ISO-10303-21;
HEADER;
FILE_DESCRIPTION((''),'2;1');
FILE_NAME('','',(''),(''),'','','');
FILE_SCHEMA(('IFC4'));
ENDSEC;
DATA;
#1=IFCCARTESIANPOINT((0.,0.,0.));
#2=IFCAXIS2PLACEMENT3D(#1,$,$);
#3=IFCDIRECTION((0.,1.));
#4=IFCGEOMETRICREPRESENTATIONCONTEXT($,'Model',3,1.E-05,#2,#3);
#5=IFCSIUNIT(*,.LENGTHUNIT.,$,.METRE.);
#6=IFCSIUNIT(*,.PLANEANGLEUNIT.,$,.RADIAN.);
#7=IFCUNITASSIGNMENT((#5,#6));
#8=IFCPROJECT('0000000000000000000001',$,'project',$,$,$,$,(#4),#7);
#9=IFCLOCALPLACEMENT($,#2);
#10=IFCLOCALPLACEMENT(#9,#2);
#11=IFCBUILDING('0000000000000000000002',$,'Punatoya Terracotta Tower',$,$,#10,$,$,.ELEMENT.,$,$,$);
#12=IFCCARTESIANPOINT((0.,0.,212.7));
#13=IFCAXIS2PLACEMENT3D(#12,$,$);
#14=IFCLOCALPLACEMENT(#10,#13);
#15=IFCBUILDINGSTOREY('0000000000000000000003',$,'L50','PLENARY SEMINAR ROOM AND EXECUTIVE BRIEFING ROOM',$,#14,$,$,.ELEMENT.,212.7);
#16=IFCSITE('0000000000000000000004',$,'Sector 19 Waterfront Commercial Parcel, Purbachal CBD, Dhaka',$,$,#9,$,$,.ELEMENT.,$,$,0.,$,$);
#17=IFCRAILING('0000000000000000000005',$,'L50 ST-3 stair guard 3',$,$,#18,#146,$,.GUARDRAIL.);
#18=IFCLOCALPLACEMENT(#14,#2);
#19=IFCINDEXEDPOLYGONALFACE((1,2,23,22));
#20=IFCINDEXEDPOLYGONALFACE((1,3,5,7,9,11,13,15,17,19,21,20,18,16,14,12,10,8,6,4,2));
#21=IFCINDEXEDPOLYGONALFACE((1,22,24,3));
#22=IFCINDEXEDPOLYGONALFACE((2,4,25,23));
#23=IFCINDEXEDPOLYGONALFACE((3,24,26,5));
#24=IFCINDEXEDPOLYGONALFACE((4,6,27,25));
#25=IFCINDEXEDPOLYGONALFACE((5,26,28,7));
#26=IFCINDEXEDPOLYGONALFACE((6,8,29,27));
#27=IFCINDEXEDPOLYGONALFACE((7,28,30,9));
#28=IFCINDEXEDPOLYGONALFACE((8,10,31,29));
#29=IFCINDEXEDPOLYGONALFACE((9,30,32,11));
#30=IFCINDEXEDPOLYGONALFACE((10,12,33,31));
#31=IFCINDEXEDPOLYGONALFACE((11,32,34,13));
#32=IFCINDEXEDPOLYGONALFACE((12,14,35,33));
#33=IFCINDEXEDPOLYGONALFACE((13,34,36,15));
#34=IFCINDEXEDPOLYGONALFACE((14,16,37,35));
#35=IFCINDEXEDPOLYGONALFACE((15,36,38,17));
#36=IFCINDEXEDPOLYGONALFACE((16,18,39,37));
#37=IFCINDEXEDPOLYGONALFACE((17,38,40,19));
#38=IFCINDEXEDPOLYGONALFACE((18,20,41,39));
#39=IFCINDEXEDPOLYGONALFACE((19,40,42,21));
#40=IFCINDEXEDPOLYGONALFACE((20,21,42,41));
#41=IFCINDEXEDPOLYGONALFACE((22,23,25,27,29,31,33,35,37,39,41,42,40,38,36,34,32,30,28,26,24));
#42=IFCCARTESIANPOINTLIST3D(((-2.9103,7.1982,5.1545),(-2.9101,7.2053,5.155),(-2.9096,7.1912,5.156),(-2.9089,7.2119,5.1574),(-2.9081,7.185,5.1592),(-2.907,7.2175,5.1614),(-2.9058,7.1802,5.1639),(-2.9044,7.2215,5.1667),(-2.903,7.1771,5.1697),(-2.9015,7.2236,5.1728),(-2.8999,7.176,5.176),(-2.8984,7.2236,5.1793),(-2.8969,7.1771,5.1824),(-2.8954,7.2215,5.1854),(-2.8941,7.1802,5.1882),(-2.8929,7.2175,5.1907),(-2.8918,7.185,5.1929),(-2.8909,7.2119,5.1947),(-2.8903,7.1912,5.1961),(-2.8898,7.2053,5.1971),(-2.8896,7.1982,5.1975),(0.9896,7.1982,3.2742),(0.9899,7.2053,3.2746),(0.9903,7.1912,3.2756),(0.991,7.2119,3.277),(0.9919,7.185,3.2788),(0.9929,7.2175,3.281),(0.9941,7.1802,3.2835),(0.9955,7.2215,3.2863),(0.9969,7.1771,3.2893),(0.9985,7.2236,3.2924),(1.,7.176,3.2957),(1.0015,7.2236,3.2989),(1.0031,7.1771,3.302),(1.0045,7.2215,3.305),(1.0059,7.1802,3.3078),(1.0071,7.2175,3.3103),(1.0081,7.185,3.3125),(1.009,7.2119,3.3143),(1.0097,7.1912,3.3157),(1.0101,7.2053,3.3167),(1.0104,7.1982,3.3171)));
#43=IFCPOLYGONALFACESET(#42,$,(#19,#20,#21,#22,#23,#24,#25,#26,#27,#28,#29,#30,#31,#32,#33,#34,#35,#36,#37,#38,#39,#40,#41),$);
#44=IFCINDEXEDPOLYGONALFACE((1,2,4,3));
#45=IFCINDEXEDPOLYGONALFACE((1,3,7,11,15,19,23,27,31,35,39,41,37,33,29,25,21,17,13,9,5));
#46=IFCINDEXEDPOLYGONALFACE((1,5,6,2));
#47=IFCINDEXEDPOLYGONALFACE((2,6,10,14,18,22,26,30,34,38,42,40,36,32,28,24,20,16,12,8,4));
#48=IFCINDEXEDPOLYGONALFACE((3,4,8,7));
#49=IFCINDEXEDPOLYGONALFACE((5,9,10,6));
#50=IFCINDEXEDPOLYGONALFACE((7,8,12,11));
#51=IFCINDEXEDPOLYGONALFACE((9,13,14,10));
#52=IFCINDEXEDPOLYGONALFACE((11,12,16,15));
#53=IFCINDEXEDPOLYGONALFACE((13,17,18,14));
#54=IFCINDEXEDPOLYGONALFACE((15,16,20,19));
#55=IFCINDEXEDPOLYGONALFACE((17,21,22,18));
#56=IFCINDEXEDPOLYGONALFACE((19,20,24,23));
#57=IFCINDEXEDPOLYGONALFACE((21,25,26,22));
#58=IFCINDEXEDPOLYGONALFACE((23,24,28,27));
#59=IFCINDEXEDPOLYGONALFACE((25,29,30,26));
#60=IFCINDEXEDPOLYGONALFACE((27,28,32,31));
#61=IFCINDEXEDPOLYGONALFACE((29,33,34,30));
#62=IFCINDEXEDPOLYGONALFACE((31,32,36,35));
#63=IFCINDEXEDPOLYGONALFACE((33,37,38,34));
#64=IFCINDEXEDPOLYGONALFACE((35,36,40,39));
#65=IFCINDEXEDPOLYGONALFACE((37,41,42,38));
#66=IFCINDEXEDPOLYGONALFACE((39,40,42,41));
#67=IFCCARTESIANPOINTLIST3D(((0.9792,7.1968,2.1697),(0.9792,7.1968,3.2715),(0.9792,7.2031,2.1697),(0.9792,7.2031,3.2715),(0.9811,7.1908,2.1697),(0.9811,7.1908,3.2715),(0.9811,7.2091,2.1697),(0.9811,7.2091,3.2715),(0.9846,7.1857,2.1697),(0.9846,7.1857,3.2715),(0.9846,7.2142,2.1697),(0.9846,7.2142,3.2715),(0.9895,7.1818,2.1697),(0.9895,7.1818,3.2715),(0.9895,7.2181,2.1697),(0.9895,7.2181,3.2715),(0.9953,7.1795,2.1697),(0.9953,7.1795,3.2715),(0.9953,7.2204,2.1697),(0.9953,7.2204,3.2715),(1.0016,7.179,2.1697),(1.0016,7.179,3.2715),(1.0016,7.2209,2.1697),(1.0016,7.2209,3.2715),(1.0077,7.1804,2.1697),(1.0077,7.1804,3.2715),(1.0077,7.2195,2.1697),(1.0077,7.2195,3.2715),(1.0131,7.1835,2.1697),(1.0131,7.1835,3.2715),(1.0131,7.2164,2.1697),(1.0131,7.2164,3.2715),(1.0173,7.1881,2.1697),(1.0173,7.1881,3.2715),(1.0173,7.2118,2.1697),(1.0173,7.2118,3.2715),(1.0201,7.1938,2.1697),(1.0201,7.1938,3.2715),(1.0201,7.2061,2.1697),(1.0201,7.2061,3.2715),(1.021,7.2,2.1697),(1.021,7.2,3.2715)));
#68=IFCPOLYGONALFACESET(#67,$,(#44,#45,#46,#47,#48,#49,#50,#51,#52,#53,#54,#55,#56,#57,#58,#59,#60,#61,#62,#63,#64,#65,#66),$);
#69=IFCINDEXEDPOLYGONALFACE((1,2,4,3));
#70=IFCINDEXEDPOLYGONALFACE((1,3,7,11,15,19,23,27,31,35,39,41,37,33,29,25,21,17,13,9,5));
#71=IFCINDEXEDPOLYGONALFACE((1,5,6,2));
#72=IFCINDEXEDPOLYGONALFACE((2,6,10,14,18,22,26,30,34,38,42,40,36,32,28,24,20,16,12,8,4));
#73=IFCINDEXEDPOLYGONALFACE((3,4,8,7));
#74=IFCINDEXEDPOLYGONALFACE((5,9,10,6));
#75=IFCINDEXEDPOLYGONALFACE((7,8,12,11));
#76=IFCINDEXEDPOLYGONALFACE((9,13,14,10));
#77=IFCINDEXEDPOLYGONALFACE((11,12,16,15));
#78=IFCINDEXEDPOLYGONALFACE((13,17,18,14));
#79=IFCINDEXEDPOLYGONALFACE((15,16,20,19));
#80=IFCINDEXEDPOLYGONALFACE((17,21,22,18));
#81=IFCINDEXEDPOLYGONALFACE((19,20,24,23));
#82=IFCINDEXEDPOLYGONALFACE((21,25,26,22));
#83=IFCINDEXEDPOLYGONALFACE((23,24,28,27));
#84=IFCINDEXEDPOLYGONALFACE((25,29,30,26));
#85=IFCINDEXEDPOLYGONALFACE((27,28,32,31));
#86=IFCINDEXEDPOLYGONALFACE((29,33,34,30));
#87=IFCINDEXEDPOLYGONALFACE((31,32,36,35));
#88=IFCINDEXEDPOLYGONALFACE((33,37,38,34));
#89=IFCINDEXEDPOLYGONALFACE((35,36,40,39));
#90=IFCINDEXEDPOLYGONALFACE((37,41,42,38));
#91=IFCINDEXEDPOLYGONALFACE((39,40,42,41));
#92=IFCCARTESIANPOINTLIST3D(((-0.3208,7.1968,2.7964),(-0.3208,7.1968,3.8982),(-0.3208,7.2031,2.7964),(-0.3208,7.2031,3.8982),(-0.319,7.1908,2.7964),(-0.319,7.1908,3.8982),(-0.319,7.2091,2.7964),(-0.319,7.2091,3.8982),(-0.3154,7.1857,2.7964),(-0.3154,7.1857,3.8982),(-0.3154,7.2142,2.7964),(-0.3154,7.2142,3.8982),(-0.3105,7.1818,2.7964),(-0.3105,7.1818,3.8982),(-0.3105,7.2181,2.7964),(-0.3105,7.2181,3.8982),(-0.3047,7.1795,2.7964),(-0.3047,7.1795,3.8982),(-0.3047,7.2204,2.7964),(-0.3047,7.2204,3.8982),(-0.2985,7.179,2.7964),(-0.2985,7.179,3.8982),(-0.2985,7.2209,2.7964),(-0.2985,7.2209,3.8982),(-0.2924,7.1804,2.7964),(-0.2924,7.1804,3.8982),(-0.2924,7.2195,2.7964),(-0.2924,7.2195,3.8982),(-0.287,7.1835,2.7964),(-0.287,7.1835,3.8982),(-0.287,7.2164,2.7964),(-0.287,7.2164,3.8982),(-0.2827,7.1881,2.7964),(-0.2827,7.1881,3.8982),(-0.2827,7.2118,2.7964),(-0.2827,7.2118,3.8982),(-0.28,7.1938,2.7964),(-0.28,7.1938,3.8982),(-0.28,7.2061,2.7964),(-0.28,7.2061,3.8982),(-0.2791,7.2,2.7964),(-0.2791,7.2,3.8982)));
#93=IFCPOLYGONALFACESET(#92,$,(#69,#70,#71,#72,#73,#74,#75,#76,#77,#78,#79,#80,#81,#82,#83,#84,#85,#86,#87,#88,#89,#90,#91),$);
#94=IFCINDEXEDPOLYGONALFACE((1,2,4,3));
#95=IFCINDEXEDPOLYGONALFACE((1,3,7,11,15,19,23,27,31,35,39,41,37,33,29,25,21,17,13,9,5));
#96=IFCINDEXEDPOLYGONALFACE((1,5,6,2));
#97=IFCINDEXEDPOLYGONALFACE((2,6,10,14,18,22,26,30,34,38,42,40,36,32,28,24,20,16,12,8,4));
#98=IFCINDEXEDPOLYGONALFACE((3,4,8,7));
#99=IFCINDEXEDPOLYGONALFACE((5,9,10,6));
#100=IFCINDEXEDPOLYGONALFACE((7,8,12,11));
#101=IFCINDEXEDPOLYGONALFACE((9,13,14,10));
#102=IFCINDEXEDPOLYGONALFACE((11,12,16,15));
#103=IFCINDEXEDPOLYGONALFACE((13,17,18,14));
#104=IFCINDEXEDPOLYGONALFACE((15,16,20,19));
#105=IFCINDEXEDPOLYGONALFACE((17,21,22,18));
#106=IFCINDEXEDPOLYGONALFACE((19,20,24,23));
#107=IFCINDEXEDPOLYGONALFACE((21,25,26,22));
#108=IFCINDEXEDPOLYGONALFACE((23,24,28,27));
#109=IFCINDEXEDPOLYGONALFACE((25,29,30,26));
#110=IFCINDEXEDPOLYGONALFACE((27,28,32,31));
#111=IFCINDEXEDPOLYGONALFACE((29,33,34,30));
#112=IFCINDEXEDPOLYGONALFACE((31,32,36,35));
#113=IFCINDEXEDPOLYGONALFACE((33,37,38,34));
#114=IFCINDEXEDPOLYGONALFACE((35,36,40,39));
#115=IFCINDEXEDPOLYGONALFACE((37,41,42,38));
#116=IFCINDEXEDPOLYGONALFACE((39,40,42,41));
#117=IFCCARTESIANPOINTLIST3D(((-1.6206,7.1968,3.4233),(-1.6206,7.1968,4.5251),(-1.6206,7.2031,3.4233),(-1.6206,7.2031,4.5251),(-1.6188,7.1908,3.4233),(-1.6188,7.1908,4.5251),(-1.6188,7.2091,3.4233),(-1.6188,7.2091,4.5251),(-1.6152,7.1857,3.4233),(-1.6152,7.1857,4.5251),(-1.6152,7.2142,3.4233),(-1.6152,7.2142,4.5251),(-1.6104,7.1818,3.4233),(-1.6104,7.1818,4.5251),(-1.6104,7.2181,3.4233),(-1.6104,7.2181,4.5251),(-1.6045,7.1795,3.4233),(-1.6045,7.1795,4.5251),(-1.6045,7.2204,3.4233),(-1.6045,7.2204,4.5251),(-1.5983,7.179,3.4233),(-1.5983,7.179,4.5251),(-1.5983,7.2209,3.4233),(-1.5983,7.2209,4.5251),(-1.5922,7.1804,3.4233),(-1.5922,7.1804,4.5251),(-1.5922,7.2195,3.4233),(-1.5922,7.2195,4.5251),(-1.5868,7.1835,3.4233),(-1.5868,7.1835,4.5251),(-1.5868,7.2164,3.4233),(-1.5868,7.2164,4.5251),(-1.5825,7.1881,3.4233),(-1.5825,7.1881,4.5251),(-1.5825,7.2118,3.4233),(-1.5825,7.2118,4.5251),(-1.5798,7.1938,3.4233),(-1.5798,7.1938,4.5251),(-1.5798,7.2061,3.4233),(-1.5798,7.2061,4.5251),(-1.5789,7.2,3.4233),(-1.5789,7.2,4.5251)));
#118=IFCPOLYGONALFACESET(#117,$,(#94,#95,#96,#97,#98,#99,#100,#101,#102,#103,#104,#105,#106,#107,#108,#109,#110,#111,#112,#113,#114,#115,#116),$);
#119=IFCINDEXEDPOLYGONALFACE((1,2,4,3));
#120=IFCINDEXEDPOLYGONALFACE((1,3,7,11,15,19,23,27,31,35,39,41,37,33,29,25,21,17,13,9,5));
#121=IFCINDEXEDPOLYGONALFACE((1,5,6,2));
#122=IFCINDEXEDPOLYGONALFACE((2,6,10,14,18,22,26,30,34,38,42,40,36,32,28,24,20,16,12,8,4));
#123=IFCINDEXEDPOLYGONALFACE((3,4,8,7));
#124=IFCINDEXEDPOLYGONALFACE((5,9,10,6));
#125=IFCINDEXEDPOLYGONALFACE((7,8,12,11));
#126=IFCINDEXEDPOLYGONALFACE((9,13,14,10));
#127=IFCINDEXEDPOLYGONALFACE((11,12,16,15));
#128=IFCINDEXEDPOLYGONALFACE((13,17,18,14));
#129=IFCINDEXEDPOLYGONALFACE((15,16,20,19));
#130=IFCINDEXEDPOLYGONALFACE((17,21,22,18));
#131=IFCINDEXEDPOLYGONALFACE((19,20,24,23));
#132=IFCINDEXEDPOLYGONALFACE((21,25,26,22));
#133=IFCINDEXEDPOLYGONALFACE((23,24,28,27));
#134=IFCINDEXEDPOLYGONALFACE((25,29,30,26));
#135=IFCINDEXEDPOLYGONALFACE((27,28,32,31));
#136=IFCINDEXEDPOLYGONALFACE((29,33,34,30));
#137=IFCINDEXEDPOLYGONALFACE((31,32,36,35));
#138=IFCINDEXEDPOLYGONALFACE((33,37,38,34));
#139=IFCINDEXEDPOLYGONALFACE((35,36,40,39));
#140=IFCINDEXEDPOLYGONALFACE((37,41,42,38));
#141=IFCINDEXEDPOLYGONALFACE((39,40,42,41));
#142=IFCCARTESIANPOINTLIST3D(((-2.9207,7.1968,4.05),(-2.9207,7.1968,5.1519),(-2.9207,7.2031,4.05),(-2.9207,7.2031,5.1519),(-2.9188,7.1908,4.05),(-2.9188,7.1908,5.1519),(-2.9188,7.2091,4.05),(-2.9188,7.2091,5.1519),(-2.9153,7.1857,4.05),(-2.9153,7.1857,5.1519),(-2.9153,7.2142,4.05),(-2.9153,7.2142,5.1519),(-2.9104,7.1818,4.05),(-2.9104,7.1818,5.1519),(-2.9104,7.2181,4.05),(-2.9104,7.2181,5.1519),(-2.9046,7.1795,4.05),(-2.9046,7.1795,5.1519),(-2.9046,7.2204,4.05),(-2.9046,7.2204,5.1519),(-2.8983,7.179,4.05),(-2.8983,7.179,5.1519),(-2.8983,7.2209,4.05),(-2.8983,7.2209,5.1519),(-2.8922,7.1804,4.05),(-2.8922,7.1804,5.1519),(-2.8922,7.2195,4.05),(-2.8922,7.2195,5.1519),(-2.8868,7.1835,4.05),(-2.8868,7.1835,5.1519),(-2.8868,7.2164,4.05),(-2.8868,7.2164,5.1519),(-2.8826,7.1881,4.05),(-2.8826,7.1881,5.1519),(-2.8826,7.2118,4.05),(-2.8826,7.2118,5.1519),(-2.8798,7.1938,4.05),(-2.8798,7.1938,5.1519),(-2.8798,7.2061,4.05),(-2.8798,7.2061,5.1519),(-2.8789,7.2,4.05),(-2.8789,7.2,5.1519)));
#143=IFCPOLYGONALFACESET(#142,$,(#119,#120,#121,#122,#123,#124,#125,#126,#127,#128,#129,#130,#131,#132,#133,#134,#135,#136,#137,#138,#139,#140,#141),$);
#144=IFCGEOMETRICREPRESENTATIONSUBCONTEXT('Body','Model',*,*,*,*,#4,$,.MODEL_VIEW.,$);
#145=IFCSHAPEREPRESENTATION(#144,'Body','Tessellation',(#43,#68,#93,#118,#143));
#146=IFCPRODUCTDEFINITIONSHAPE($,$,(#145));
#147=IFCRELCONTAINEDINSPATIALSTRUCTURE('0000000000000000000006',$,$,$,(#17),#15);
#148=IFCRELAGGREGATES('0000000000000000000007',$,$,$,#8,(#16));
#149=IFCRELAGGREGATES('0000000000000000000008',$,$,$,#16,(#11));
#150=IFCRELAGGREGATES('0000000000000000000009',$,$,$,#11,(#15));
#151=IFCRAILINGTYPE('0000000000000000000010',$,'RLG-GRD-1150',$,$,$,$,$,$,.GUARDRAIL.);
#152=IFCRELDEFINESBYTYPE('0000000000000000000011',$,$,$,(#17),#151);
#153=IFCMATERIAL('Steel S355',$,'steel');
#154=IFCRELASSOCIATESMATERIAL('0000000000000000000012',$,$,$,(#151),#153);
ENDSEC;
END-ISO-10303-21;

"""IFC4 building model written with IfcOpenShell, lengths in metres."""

from ifc_helpers import new_model, si_unit, direction, frame, origin, origin_2d, place, context, subcontext, project, spatial, circle, extrude, material, type_object, element, save


model = new_model("IFC4")

# Units and contexts
model_context = context("Model", 3, precision=1e-05, world=origin(), true_north=direction((0.0, 1.0)))
body_context = subcontext(model_context, "Body", "Model", "MODEL_VIEW")
ifc_project = project(units=[si_unit("LENGTHUNIT", "METRE"), si_unit("PLANEANGLEUNIT", "RADIAN")], contexts=[model_context])

# Site, building, storey
site_placement = place(None, origin())
site = spatial("IfcSite", under=ifc_project, at=site_placement, Name="Sector 19 Waterfront Commercial Parcel, Purbachal CBD, Dhaka", CompositionType="ELEMENT", RefElevation=0.0)
building_placement = place(site_placement, origin())
building = spatial("IfcBuilding", under=site, at=building_placement, Name="Punatoya Terracotta Tower", CompositionType="ELEMENT")
storey_placement = place(building_placement, frame((0.0, 0.0, 212.7)))
storey = spatial("IfcBuildingStorey", under=building, at=storey_placement, Name="L50", Description="PLENARY SEMINAR ROOM AND EXECUTIVE BRIEFING ROOM", CompositionType="ELEMENT", Elevation=212.7)

# Shared definitions
ifc_material_1 = material(Name="Steel S355", Category="steel")

# Railing
railing_type_1 = type_object("IfcRailingType", Name="RLG-GRD-1150", PredefinedType="GUARDRAIL", material=ifc_material_1)
railing_1_placement = place(storey_placement, frame((1.0, 7.2, 2.1697)))
element("IfcRailing", 1, at=railing_1_placement, inside=storey, type_object=railing_type_1, Name="L50 ST-3 stair guard 3", PredefinedType="GUARDRAIL", context=body_context, shape_type="SweptSolid", body=[
    extrude(circle(Radius=0.0239, at=origin_2d()), frame((0.0, 0.0, 1.126), z_axis=(-0.900763, 0.0, 0.434311), x_axis=(0.0, -1.0, 0.0)), (0.0, 0.0, 1.0), 4.3296),
    extrude(circle(Radius=0.021, at=origin_2d()), origin(), (0.0, 0.0, 1.0), 1.1018),
    extrude(circle(Radius=0.021, at=origin_2d()), frame((-1.3, 0.0, 0.6267)), (0.0, 0.0, 1.0), 1.1018),
    extrude(circle(Radius=0.021, at=origin_2d()), frame((-2.5999, 0.0, 1.2537)), (0.0, 0.0, 1.0), 1.1018),
    extrude(circle(Radius=0.021, at=origin_2d()), frame((-3.8999, 0.0, 1.8804)), (0.0, 0.0, 1.0), 1.1018),
])

save(model, "model.ifc")
